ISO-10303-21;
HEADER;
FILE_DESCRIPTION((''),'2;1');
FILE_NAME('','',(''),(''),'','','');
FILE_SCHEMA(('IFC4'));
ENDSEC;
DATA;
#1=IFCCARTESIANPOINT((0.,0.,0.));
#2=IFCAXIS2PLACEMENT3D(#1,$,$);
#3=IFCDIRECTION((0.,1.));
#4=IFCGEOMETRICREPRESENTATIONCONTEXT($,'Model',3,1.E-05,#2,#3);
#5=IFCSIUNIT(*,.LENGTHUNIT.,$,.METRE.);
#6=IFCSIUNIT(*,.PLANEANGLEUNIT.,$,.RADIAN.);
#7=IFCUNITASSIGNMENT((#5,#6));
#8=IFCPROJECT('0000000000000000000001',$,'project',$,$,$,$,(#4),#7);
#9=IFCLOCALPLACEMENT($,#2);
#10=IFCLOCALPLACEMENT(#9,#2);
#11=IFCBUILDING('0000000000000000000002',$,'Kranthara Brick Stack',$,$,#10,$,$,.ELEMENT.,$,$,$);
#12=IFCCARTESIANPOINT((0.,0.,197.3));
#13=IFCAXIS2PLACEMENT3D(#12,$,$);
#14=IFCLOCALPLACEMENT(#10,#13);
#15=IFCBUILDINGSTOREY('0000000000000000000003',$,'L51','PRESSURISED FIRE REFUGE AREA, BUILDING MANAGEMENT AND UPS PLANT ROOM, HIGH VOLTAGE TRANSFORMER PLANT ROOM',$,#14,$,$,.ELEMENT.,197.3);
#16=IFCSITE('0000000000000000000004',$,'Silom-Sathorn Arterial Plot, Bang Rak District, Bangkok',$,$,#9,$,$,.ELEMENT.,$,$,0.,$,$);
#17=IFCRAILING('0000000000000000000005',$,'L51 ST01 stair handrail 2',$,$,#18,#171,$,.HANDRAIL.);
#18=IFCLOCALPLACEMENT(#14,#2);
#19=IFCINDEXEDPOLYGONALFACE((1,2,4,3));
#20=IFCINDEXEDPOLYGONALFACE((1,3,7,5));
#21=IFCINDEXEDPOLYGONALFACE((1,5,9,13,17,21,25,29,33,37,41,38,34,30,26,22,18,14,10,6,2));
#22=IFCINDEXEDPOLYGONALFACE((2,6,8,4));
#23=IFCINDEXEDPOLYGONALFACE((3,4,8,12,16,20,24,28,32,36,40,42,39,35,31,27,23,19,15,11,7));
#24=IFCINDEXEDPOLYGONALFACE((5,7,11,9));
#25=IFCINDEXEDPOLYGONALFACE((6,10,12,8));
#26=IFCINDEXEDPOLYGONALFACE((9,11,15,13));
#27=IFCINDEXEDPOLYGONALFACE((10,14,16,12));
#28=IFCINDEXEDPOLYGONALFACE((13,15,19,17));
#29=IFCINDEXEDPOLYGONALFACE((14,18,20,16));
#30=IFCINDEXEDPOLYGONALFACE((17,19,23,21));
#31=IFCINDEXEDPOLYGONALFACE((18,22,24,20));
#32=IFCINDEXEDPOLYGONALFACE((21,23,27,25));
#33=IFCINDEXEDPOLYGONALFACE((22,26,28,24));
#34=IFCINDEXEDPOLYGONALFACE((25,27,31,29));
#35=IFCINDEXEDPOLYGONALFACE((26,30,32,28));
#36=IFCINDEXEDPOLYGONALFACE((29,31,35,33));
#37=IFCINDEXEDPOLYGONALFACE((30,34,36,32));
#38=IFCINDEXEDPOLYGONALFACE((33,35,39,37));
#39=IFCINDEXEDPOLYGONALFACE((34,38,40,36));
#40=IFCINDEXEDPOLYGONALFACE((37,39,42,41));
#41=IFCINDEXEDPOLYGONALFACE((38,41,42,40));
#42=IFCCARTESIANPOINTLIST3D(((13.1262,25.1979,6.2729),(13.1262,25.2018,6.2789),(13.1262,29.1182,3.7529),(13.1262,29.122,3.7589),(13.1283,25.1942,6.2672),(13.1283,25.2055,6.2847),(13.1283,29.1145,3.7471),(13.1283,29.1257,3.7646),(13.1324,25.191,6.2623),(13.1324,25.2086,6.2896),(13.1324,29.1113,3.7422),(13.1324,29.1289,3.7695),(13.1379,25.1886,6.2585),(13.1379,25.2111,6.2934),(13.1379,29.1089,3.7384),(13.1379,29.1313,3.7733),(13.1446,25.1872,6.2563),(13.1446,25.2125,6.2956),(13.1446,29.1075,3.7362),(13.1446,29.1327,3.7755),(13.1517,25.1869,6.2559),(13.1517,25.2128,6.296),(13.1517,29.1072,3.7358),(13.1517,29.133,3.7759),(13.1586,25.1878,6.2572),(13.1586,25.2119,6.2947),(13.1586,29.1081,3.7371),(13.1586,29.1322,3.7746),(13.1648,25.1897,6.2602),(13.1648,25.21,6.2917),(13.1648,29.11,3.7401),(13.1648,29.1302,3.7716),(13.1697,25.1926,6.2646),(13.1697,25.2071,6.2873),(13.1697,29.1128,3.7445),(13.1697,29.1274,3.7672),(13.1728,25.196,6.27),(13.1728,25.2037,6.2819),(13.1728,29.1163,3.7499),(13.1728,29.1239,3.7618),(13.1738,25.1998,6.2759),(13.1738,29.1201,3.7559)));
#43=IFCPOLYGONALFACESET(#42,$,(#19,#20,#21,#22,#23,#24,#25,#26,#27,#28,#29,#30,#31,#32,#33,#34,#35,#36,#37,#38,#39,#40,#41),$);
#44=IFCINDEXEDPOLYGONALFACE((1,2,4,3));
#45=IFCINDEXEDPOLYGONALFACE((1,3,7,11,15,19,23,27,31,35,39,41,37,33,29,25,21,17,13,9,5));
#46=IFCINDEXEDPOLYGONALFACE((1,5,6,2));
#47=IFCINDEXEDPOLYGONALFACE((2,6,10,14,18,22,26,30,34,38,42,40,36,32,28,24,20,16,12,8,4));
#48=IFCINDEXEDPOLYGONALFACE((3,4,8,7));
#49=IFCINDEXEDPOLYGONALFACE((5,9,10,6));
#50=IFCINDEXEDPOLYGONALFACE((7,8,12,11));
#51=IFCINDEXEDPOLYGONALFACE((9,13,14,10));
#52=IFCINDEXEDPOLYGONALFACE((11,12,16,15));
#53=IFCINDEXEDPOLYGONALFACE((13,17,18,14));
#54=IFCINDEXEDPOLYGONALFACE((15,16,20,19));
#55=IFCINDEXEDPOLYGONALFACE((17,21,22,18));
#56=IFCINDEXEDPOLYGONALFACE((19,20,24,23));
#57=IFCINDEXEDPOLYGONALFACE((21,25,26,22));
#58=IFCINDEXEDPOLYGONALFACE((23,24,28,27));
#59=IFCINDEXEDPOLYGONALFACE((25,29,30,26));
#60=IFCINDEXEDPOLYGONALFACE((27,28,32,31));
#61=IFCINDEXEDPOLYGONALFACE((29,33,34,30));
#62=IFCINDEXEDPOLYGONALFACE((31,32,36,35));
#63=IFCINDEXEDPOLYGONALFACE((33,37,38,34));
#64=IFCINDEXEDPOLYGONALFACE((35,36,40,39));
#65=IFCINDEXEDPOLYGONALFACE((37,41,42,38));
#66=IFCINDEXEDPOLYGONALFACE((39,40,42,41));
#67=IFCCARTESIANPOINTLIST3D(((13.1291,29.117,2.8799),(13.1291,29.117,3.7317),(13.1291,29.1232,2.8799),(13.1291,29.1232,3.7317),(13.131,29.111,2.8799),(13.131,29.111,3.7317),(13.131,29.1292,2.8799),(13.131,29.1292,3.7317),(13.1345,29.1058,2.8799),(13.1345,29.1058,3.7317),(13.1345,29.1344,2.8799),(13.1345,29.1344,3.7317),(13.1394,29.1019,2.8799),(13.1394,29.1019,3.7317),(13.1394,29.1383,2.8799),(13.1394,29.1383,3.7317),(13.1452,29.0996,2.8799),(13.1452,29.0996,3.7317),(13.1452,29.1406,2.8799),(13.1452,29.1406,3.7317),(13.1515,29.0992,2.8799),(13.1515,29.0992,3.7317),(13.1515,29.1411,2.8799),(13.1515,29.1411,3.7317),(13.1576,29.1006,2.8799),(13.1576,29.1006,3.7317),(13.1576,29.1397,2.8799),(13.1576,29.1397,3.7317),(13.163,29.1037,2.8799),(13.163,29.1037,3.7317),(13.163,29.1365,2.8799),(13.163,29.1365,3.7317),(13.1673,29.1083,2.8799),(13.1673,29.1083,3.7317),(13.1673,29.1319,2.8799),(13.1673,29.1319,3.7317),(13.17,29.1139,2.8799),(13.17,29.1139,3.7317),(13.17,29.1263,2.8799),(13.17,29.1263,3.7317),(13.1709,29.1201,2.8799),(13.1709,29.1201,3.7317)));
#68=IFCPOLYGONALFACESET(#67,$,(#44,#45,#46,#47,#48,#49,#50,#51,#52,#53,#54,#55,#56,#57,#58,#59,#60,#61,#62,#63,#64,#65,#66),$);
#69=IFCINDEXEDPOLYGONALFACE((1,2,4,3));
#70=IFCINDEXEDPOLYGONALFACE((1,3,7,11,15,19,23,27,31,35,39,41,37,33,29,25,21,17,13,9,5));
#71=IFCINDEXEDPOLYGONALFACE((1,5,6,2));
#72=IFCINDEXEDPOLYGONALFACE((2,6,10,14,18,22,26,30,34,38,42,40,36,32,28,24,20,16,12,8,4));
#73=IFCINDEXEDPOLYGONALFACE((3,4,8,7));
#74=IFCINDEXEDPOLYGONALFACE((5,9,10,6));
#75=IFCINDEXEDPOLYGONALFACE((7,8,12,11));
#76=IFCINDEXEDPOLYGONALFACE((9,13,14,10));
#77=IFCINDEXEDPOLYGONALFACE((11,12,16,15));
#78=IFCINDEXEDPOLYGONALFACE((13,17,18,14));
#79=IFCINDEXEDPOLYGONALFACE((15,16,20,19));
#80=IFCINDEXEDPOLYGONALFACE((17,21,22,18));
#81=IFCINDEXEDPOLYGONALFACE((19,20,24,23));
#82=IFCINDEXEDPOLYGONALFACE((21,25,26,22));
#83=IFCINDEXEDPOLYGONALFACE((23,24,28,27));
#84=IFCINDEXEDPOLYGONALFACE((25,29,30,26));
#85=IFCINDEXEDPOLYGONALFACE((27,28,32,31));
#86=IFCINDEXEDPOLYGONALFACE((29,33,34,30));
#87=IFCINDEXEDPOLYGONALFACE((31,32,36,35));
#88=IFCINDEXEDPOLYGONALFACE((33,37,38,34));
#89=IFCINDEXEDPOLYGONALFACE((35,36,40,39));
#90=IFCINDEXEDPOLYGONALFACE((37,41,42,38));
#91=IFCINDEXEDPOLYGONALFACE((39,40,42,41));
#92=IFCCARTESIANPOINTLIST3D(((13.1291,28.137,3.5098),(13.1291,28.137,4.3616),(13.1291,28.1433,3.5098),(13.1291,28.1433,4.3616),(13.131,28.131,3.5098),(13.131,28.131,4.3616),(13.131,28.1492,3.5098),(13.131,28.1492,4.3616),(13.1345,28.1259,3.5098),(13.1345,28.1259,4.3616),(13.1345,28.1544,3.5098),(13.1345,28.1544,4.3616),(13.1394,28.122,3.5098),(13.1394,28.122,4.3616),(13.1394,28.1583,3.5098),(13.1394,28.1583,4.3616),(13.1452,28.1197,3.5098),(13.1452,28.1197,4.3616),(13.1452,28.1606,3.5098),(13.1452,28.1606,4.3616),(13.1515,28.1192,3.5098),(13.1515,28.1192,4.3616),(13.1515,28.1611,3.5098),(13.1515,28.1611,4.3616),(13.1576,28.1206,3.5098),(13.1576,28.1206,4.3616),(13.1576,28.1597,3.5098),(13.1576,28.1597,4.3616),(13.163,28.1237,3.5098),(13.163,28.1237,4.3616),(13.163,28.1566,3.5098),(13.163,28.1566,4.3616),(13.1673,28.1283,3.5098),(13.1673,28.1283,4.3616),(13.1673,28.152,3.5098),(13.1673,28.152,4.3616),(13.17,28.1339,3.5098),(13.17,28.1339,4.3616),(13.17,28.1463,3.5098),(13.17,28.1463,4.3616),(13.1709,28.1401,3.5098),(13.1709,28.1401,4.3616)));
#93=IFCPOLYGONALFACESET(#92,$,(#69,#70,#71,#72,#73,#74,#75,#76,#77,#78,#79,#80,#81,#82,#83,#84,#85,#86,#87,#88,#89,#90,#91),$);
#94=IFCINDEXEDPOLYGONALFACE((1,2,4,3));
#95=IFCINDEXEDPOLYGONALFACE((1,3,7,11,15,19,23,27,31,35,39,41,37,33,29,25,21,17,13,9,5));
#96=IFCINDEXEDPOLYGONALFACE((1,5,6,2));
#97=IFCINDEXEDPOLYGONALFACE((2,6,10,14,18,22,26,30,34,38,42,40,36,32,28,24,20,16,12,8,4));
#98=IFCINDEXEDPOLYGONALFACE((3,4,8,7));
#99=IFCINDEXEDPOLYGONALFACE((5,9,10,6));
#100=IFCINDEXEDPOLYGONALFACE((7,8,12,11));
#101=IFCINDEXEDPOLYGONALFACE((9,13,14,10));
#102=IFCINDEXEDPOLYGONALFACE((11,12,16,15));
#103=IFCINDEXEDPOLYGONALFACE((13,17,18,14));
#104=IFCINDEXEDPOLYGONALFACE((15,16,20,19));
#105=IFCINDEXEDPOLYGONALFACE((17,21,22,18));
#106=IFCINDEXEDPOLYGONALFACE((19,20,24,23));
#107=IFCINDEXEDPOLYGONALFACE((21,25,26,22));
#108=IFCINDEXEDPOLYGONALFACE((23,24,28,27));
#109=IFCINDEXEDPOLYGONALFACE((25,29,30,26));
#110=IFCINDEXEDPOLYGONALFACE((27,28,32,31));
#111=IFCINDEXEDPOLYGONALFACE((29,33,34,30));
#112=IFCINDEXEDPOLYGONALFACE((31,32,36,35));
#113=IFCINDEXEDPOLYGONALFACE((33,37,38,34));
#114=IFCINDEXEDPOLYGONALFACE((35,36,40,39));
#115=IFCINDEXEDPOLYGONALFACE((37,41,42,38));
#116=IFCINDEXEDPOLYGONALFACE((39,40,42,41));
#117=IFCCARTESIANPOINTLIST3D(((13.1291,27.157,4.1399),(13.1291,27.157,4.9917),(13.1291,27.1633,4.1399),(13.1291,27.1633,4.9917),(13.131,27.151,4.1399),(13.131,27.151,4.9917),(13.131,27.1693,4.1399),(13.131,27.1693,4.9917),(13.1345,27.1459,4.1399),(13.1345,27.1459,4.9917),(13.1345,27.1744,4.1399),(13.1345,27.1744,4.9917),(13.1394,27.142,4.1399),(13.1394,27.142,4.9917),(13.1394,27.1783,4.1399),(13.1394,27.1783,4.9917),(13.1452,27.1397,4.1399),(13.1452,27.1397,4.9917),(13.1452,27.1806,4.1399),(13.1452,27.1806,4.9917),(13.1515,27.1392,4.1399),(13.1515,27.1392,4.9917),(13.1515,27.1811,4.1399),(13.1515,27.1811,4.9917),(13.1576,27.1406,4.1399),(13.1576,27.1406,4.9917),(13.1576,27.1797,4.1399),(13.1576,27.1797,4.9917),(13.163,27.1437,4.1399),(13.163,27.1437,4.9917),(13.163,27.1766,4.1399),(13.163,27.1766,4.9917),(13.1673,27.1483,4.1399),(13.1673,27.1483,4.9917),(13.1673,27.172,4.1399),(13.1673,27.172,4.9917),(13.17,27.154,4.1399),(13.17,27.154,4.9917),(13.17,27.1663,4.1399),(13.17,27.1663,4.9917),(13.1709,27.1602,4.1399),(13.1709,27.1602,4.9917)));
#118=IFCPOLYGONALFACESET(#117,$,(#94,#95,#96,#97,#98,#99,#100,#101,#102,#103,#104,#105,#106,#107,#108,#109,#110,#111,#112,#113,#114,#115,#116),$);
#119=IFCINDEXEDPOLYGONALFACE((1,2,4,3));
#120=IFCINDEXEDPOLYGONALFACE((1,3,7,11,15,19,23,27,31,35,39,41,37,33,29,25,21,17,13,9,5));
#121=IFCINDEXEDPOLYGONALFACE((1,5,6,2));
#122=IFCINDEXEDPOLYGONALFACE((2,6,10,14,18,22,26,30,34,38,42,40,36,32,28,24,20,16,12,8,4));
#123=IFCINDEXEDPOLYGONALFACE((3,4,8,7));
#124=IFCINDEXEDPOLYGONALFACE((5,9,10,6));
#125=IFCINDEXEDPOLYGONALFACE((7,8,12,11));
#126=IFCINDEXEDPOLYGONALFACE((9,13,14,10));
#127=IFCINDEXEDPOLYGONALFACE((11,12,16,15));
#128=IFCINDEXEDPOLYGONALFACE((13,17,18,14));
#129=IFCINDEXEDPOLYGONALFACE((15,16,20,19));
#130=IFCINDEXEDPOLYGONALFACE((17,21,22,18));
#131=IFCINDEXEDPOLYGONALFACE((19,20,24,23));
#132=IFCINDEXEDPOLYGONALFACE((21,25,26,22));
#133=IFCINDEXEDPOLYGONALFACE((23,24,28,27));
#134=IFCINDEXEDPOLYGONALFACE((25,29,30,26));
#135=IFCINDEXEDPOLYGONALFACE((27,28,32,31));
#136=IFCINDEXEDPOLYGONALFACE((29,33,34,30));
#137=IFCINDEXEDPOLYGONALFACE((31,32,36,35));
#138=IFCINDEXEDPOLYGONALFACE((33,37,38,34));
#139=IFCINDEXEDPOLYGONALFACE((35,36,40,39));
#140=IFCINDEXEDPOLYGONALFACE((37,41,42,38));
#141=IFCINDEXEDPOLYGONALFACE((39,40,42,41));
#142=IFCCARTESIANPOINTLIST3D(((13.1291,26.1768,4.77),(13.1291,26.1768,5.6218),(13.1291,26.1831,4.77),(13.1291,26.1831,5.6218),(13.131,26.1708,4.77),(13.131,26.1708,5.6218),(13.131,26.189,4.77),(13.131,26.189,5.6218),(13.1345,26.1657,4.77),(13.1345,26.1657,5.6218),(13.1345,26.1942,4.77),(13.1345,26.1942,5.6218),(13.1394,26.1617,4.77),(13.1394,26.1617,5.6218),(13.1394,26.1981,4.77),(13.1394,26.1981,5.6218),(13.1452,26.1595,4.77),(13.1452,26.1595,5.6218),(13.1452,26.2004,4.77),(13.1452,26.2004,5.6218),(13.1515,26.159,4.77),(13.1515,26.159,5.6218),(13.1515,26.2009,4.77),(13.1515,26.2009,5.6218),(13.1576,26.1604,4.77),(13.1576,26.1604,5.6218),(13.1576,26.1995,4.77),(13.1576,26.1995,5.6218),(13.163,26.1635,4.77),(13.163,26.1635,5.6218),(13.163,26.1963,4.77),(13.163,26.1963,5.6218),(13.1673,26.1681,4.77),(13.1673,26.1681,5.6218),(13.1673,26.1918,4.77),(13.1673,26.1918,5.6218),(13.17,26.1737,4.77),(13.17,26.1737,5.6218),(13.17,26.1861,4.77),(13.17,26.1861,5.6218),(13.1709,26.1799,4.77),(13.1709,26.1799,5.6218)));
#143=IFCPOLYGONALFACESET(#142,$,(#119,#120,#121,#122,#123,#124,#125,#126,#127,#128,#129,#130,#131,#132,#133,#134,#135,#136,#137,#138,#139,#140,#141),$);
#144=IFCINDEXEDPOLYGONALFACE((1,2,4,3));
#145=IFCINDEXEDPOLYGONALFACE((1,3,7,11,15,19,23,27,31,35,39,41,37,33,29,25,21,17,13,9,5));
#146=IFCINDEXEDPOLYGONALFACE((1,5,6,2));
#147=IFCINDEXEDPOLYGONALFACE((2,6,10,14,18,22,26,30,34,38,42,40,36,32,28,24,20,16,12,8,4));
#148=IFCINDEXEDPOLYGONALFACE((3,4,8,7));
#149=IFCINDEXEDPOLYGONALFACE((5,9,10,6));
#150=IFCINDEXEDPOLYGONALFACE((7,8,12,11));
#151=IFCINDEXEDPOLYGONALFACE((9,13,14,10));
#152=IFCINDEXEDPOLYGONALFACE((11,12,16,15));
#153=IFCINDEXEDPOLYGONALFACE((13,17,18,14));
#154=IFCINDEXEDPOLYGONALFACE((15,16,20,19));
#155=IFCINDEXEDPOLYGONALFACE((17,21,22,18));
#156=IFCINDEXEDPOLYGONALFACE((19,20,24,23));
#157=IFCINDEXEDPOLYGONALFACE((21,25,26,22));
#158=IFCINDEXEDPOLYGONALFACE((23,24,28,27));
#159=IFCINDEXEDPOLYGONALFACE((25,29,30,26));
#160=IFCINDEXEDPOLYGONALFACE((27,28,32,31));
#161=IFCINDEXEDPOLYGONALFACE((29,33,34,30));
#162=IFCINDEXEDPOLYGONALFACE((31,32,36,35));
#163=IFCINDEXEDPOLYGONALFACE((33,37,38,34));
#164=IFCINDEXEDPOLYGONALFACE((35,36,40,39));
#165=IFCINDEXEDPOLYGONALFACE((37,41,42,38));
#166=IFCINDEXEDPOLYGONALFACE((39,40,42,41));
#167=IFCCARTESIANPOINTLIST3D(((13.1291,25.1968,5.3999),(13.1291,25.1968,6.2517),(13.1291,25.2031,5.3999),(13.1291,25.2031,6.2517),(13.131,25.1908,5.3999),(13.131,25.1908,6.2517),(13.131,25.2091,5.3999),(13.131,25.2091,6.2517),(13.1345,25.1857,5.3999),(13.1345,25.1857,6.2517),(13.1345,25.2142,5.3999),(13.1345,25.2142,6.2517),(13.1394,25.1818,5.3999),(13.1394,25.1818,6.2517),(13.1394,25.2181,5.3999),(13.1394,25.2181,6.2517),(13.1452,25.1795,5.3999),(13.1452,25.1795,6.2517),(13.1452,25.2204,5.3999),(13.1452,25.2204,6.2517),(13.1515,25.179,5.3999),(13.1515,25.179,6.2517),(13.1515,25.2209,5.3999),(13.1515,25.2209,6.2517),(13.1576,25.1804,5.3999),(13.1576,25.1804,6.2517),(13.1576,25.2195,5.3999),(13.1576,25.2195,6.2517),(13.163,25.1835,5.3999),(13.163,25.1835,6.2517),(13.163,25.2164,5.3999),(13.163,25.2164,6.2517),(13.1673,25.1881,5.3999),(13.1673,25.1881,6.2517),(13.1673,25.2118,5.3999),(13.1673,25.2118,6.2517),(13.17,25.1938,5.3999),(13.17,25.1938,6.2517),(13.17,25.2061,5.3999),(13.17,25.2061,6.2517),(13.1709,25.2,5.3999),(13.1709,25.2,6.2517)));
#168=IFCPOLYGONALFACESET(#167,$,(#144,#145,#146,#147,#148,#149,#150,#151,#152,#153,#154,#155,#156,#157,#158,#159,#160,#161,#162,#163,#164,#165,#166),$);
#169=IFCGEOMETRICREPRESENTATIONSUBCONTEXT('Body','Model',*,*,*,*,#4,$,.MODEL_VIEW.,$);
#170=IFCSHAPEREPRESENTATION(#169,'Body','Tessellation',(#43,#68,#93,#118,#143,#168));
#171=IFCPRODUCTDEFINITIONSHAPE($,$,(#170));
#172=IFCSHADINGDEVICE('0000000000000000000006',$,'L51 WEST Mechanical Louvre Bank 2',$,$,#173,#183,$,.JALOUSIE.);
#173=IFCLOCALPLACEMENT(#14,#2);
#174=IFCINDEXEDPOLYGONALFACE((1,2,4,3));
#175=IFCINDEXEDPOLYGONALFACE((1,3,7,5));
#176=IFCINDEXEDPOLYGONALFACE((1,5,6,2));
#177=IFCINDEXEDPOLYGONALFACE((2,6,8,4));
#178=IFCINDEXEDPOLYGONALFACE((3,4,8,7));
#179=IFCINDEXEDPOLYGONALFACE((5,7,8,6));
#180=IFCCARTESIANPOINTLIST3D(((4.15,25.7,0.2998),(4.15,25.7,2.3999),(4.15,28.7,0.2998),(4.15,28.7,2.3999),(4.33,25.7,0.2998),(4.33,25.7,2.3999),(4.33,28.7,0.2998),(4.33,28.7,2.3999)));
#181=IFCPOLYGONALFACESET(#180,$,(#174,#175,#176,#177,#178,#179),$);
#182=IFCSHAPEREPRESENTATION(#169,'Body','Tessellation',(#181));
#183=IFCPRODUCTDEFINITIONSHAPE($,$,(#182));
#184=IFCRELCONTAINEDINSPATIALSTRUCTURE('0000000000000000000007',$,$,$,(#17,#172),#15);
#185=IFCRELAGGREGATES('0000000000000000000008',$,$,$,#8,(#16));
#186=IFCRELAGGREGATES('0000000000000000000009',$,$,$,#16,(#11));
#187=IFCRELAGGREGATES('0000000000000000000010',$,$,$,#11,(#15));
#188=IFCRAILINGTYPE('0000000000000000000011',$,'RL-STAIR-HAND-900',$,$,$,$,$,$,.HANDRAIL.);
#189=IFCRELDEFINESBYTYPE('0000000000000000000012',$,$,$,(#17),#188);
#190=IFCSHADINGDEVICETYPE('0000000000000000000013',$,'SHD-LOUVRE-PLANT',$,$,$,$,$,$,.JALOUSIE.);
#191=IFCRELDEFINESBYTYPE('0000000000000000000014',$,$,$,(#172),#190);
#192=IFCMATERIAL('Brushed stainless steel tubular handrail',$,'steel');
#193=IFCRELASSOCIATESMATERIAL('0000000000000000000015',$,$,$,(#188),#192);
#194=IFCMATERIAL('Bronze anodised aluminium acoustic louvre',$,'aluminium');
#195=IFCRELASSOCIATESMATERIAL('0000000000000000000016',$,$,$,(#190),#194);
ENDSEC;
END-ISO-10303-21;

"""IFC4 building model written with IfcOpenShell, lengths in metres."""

from ifc_helpers import new_model, si_unit, direction, frame, origin, origin_2d, place, context, subcontext, project, spatial, rectangle, circle, extrude, material, type_object, element, save


model = new_model("IFC4")

# Units and contexts
model_context = context("Model", 3, precision=1e-05, world=origin(), true_north=direction((0.0, 1.0)))
body_context = subcontext(model_context, "Body", "Model", "MODEL_VIEW")
ifc_project = project(units=[si_unit("LENGTHUNIT", "METRE"), si_unit("PLANEANGLEUNIT", "RADIAN")], contexts=[model_context])

# Site, building, storey
site_placement = place(None, origin())
site = spatial("IfcSite", under=ifc_project, at=site_placement, Name="Silom-Sathorn Arterial Plot, Bang Rak District, Bangkok", CompositionType="ELEMENT", RefElevation=0.0)
building_placement = place(site_placement, origin())
building = spatial("IfcBuilding", under=site, at=building_placement, Name="Kranthara Brick Stack", CompositionType="ELEMENT")
storey_placement = place(building_placement, frame((0.0, 0.0, 197.3)))
storey = spatial("IfcBuildingStorey", under=building, at=storey_placement, Name="L51", Description="PRESSURISED FIRE REFUGE AREA, BUILDING MANAGEMENT AND UPS PLANT ROOM, HIGH VOLTAGE TRANSFORMER PLANT ROOM", CompositionType="ELEMENT", Elevation=197.3)

# Railing
ifc_material_1 = material(Name="Brushed stainless steel tubular handrail", Category="steel")
railing_type_1 = type_object("IfcRailingType", Name="RL-STAIR-HAND-900", PredefinedType="HANDRAIL", material=ifc_material_1)
railing_1_placement = place(storey_placement, frame((13.1499, 29.1201, 2.8799)))
element("IfcRailing", 1, at=railing_1_placement, inside=storey, type_object=railing_type_1, Name="L51 ST01 stair handrail 2", PredefinedType="HANDRAIL", context=body_context, shape_type="SweptSolid", body=[
    extrude(circle(Radius=0.0239, at=origin_2d()), frame((0.0, 0.0, 0.876), z_axis=(0.0, -0.841187, 0.540744), x_axis=(1.0, 0.0, 0.0)), (0.0, 0.0, 1.0), 4.6604),
    extrude(circle(Radius=0.021, at=origin_2d()), origin(), (0.0, 0.0, 1.0), 0.8518),
    extrude(circle(Radius=0.021, at=origin_2d()), frame((0.0, -0.98, 0.6299)), (0.0, 0.0, 1.0), 0.8518),
    extrude(circle(Radius=0.021, at=origin_2d()), frame((0.0, -1.96, 1.26)), (0.0, 0.0, 1.0), 0.8518),
    extrude(circle(Radius=0.021, at=origin_2d()), frame((0.0, -2.9402, 1.8901)), (0.0, 0.0, 1.0), 0.8518),
    extrude(circle(Radius=0.021, at=origin_2d()), frame((0.0, -3.9202, 2.52)), (0.0, 0.0, 1.0), 0.8518),
])

# Shading device
ifc_material_2 = material(Name="Bronze anodised aluminium acoustic louvre", Category="aluminium")
shading_device_type = type_object("IfcShadingDeviceType", Name="SHD-LOUVRE-PLANT", PredefinedType="JALOUSIE", material=ifc_material_2)
shading_device_placement = place(storey_placement, frame((4.24, 27.2, 0.2998), z_axis=(0.0, 0.0, 1.0), x_axis=(0.0, 1.0, 0.0)))
element("IfcShadingDevice", 2, at=shading_device_placement, inside=storey, type_object=shading_device_type, Name="L51 WEST Mechanical Louvre Bank 2", PredefinedType="JALOUSIE", context=body_context, shape_type="SweptSolid", body=[
    extrude(rectangle(XDim=3.0, YDim=0.1799, at=origin_2d()), origin(), (0.0, 0.0, 1.0), 2.1001),
])

save(model, "model.ifc")
